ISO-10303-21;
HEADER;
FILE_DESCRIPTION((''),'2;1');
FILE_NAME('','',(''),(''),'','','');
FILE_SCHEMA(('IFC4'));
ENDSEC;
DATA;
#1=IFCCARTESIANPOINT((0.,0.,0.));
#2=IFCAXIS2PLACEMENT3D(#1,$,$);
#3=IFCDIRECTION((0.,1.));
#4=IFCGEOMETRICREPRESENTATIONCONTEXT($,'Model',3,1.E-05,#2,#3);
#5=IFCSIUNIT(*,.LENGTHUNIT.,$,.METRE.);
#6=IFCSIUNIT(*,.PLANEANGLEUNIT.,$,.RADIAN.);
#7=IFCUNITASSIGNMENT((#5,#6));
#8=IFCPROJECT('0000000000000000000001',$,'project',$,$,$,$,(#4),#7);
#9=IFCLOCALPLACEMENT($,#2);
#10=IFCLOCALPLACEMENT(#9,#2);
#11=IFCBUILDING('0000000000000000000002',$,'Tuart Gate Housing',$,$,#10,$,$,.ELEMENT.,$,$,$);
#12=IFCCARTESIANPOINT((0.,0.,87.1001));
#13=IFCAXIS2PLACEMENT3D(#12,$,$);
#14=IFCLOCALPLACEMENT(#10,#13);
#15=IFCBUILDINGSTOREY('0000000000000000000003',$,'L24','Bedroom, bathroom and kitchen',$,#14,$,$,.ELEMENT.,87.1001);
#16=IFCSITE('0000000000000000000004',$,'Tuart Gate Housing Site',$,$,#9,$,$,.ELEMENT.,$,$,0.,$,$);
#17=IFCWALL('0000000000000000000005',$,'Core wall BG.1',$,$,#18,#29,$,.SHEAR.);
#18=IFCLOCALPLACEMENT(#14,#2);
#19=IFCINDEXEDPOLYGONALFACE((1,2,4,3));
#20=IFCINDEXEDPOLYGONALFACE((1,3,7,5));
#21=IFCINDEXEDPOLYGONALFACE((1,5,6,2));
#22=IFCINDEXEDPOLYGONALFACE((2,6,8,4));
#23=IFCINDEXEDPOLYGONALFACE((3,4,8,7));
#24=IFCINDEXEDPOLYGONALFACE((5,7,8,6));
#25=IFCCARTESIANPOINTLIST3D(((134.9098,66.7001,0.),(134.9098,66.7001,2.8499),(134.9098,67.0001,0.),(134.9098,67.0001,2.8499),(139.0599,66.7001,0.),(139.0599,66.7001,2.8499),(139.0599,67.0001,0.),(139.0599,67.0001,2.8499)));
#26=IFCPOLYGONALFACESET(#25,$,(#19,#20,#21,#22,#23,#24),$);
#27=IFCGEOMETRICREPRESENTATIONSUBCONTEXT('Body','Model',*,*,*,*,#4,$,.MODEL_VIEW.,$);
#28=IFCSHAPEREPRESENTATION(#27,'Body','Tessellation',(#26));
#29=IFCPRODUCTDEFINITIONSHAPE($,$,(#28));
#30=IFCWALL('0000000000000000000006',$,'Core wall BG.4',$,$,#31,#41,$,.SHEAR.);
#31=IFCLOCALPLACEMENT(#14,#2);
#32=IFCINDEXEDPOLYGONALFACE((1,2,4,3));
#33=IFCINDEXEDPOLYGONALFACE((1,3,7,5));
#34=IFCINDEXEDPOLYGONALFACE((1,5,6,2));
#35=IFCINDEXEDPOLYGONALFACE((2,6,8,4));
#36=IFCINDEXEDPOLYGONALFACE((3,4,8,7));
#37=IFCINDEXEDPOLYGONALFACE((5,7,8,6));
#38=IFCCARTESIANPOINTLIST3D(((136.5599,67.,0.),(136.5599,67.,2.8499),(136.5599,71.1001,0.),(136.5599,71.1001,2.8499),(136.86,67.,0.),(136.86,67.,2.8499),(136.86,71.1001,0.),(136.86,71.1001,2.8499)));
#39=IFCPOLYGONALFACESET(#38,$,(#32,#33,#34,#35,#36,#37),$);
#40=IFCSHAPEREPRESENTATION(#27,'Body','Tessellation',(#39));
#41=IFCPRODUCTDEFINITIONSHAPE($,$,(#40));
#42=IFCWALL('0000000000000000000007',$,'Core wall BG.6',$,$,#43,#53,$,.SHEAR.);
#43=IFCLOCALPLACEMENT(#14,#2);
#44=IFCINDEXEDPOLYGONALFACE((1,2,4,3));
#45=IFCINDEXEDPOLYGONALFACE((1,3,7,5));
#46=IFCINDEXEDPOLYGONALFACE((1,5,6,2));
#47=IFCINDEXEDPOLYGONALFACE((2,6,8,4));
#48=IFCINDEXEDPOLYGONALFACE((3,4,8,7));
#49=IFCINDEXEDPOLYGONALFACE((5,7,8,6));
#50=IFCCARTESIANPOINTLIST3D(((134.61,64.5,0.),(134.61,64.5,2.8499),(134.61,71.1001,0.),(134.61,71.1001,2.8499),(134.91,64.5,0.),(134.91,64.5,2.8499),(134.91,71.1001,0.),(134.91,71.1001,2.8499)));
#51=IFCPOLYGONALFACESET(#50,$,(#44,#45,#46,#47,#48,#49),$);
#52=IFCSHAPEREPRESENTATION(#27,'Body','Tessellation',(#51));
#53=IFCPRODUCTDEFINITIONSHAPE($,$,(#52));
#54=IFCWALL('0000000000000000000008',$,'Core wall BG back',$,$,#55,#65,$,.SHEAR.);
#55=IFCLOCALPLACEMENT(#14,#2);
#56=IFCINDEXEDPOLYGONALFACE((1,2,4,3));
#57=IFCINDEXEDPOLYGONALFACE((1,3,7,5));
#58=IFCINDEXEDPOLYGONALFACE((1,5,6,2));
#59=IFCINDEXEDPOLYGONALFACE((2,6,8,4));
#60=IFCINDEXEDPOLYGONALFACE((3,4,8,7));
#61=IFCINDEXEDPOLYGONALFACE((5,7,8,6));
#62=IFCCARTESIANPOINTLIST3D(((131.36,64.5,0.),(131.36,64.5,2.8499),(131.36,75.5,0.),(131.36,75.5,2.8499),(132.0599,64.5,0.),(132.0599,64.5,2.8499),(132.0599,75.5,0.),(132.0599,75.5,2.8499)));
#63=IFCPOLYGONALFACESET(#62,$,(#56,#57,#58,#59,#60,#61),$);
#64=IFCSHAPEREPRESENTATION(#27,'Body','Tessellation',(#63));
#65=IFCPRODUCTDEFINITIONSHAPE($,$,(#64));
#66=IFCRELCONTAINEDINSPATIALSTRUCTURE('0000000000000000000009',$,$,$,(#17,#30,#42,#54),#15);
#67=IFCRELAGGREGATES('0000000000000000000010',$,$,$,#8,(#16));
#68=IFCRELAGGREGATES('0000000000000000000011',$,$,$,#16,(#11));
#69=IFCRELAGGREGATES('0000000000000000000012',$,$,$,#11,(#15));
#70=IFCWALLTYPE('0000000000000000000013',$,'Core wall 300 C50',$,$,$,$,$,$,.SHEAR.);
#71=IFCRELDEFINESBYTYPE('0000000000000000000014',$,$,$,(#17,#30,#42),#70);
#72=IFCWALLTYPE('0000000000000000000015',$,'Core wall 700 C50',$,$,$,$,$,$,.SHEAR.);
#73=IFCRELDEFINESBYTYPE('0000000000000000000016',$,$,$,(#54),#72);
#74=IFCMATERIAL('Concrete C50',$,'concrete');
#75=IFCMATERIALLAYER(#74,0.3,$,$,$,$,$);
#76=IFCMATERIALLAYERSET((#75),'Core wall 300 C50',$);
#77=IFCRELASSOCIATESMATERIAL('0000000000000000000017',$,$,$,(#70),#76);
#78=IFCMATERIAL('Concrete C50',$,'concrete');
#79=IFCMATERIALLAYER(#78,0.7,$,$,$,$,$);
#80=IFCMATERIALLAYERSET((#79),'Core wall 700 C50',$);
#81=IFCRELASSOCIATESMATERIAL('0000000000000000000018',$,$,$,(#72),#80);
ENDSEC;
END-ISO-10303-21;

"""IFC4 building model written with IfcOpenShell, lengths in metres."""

from ifc_helpers import new_model, si_unit, direction, frame, frame_2d, origin, place, context, subcontext, project, spatial, rectangle, extrude, material, layer, layer_set, type_object, element, save


model = new_model("IFC4")

# Units and contexts
model_context = context("Model", 3, precision=1e-05, world=origin(), true_north=direction((0.0, 1.0)))
body_context = subcontext(model_context, "Body", "Model", "MODEL_VIEW")
ifc_project = project(units=[si_unit("LENGTHUNIT", "METRE"), si_unit("PLANEANGLEUNIT", "RADIAN")], contexts=[model_context])

# Site, building, storey
site_placement = place(None, origin())
site = spatial("IfcSite", under=ifc_project, at=site_placement, Name="Tuart Gate Housing Site", CompositionType="ELEMENT", RefElevation=0.0)
building_placement = place(site_placement, origin())
building = spatial("IfcBuilding", under=site, at=building_placement, Name="Tuart Gate Housing", CompositionType="ELEMENT")
storey_placement = place(building_placement, frame((0.0, 0.0, 87.1001)))
storey = spatial("IfcBuildingStorey", under=building, at=storey_placement, Name="L24", Description="Bedroom, bathroom and kitchen", CompositionType="ELEMENT", Elevation=87.1001)

# Walls
ifc_material_1 = material(Name="Concrete C50", Category="concrete")
ifc_layer_1 = layer(ifc_material_1, 0.3)
ifc_layer_set_1 = layer_set([ifc_layer_1], Name="Core wall 300 C50")
wall_type_1 = type_object("IfcWallType", Name="Core wall 300 C50", PredefinedType="SHEAR", material=ifc_layer_set_1)
wall_1_placement = place(storey_placement, frame((139.0601, 66.8501, 0.0), z_axis=(0.0, 0.0, 1.0), x_axis=(-1.0, 0.0, 0.0)))
element("IfcWall", 1, at=wall_1_placement, inside=storey, type_object=wall_type_1, Name="Core wall BG.1", PredefinedType="SHEAR", context=body_context, shape_type="SweptSolid", body=[
    extrude(rectangle(XDim=4.1501, YDim=0.3, at=frame_2d((2.0752, 0.0))), origin(), (0.0, 0.0, 1.0), 2.8499),
])
wall_2_placement = place(storey_placement, frame((136.71, 67.0, 0.0), z_axis=(0.0, 0.0, 1.0), x_axis=(0.0, 1.0, 0.0)))
element("IfcWall", 2, at=wall_2_placement, inside=storey, type_object=wall_type_1, Name="Core wall BG.4", PredefinedType="SHEAR", context=body_context, shape_type="SweptSolid", body=[
    extrude(rectangle(XDim=4.1001, YDim=0.3, at=frame_2d((2.05, 0.0))), origin(), (0.0, 0.0, 1.0), 2.8499),
])
wall_3_placement = place(storey_placement, frame((134.76, 64.5, 0.0), z_axis=(0.0, 0.0, 1.0), x_axis=(0.0, 1.0, 0.0)))
element("IfcWall", 3, at=wall_3_placement, inside=storey, type_object=wall_type_1, Name="Core wall BG.6", PredefinedType="SHEAR", context=body_context, shape_type="SweptSolid", body=[
    extrude(rectangle(XDim=6.6001, YDim=0.3, at=frame_2d((3.3, 0.0))), origin(), (0.0, 0.0, 1.0), 2.8499),
])
ifc_material_2 = material(Name="Concrete C50", Category="concrete")
ifc_layer_2 = layer(ifc_material_2, 0.7)
ifc_layer_set_2 = layer_set([ifc_layer_2], Name="Core wall 700 C50")
wall_type_2 = type_object("IfcWallType", Name="Core wall 700 C50", PredefinedType="SHEAR", material=ifc_layer_set_2)
wall_4_placement = place(storey_placement, frame((131.71, 64.5, 0.0), z_axis=(0.0, 0.0, 1.0), x_axis=(0.0, 1.0, 0.0)))
element("IfcWall", 4, at=wall_4_placement, inside=storey, type_object=wall_type_2, Name="Core wall BG back", PredefinedType="SHEAR", context=body_context, shape_type="SweptSolid", body=[
    extrude(rectangle(XDim=11.0, YDim=0.7, at=frame_2d((5.5, 0.0))), origin(), (0.0, 0.0, 1.0), 2.8499),
])

save(model, "model.ifc")
